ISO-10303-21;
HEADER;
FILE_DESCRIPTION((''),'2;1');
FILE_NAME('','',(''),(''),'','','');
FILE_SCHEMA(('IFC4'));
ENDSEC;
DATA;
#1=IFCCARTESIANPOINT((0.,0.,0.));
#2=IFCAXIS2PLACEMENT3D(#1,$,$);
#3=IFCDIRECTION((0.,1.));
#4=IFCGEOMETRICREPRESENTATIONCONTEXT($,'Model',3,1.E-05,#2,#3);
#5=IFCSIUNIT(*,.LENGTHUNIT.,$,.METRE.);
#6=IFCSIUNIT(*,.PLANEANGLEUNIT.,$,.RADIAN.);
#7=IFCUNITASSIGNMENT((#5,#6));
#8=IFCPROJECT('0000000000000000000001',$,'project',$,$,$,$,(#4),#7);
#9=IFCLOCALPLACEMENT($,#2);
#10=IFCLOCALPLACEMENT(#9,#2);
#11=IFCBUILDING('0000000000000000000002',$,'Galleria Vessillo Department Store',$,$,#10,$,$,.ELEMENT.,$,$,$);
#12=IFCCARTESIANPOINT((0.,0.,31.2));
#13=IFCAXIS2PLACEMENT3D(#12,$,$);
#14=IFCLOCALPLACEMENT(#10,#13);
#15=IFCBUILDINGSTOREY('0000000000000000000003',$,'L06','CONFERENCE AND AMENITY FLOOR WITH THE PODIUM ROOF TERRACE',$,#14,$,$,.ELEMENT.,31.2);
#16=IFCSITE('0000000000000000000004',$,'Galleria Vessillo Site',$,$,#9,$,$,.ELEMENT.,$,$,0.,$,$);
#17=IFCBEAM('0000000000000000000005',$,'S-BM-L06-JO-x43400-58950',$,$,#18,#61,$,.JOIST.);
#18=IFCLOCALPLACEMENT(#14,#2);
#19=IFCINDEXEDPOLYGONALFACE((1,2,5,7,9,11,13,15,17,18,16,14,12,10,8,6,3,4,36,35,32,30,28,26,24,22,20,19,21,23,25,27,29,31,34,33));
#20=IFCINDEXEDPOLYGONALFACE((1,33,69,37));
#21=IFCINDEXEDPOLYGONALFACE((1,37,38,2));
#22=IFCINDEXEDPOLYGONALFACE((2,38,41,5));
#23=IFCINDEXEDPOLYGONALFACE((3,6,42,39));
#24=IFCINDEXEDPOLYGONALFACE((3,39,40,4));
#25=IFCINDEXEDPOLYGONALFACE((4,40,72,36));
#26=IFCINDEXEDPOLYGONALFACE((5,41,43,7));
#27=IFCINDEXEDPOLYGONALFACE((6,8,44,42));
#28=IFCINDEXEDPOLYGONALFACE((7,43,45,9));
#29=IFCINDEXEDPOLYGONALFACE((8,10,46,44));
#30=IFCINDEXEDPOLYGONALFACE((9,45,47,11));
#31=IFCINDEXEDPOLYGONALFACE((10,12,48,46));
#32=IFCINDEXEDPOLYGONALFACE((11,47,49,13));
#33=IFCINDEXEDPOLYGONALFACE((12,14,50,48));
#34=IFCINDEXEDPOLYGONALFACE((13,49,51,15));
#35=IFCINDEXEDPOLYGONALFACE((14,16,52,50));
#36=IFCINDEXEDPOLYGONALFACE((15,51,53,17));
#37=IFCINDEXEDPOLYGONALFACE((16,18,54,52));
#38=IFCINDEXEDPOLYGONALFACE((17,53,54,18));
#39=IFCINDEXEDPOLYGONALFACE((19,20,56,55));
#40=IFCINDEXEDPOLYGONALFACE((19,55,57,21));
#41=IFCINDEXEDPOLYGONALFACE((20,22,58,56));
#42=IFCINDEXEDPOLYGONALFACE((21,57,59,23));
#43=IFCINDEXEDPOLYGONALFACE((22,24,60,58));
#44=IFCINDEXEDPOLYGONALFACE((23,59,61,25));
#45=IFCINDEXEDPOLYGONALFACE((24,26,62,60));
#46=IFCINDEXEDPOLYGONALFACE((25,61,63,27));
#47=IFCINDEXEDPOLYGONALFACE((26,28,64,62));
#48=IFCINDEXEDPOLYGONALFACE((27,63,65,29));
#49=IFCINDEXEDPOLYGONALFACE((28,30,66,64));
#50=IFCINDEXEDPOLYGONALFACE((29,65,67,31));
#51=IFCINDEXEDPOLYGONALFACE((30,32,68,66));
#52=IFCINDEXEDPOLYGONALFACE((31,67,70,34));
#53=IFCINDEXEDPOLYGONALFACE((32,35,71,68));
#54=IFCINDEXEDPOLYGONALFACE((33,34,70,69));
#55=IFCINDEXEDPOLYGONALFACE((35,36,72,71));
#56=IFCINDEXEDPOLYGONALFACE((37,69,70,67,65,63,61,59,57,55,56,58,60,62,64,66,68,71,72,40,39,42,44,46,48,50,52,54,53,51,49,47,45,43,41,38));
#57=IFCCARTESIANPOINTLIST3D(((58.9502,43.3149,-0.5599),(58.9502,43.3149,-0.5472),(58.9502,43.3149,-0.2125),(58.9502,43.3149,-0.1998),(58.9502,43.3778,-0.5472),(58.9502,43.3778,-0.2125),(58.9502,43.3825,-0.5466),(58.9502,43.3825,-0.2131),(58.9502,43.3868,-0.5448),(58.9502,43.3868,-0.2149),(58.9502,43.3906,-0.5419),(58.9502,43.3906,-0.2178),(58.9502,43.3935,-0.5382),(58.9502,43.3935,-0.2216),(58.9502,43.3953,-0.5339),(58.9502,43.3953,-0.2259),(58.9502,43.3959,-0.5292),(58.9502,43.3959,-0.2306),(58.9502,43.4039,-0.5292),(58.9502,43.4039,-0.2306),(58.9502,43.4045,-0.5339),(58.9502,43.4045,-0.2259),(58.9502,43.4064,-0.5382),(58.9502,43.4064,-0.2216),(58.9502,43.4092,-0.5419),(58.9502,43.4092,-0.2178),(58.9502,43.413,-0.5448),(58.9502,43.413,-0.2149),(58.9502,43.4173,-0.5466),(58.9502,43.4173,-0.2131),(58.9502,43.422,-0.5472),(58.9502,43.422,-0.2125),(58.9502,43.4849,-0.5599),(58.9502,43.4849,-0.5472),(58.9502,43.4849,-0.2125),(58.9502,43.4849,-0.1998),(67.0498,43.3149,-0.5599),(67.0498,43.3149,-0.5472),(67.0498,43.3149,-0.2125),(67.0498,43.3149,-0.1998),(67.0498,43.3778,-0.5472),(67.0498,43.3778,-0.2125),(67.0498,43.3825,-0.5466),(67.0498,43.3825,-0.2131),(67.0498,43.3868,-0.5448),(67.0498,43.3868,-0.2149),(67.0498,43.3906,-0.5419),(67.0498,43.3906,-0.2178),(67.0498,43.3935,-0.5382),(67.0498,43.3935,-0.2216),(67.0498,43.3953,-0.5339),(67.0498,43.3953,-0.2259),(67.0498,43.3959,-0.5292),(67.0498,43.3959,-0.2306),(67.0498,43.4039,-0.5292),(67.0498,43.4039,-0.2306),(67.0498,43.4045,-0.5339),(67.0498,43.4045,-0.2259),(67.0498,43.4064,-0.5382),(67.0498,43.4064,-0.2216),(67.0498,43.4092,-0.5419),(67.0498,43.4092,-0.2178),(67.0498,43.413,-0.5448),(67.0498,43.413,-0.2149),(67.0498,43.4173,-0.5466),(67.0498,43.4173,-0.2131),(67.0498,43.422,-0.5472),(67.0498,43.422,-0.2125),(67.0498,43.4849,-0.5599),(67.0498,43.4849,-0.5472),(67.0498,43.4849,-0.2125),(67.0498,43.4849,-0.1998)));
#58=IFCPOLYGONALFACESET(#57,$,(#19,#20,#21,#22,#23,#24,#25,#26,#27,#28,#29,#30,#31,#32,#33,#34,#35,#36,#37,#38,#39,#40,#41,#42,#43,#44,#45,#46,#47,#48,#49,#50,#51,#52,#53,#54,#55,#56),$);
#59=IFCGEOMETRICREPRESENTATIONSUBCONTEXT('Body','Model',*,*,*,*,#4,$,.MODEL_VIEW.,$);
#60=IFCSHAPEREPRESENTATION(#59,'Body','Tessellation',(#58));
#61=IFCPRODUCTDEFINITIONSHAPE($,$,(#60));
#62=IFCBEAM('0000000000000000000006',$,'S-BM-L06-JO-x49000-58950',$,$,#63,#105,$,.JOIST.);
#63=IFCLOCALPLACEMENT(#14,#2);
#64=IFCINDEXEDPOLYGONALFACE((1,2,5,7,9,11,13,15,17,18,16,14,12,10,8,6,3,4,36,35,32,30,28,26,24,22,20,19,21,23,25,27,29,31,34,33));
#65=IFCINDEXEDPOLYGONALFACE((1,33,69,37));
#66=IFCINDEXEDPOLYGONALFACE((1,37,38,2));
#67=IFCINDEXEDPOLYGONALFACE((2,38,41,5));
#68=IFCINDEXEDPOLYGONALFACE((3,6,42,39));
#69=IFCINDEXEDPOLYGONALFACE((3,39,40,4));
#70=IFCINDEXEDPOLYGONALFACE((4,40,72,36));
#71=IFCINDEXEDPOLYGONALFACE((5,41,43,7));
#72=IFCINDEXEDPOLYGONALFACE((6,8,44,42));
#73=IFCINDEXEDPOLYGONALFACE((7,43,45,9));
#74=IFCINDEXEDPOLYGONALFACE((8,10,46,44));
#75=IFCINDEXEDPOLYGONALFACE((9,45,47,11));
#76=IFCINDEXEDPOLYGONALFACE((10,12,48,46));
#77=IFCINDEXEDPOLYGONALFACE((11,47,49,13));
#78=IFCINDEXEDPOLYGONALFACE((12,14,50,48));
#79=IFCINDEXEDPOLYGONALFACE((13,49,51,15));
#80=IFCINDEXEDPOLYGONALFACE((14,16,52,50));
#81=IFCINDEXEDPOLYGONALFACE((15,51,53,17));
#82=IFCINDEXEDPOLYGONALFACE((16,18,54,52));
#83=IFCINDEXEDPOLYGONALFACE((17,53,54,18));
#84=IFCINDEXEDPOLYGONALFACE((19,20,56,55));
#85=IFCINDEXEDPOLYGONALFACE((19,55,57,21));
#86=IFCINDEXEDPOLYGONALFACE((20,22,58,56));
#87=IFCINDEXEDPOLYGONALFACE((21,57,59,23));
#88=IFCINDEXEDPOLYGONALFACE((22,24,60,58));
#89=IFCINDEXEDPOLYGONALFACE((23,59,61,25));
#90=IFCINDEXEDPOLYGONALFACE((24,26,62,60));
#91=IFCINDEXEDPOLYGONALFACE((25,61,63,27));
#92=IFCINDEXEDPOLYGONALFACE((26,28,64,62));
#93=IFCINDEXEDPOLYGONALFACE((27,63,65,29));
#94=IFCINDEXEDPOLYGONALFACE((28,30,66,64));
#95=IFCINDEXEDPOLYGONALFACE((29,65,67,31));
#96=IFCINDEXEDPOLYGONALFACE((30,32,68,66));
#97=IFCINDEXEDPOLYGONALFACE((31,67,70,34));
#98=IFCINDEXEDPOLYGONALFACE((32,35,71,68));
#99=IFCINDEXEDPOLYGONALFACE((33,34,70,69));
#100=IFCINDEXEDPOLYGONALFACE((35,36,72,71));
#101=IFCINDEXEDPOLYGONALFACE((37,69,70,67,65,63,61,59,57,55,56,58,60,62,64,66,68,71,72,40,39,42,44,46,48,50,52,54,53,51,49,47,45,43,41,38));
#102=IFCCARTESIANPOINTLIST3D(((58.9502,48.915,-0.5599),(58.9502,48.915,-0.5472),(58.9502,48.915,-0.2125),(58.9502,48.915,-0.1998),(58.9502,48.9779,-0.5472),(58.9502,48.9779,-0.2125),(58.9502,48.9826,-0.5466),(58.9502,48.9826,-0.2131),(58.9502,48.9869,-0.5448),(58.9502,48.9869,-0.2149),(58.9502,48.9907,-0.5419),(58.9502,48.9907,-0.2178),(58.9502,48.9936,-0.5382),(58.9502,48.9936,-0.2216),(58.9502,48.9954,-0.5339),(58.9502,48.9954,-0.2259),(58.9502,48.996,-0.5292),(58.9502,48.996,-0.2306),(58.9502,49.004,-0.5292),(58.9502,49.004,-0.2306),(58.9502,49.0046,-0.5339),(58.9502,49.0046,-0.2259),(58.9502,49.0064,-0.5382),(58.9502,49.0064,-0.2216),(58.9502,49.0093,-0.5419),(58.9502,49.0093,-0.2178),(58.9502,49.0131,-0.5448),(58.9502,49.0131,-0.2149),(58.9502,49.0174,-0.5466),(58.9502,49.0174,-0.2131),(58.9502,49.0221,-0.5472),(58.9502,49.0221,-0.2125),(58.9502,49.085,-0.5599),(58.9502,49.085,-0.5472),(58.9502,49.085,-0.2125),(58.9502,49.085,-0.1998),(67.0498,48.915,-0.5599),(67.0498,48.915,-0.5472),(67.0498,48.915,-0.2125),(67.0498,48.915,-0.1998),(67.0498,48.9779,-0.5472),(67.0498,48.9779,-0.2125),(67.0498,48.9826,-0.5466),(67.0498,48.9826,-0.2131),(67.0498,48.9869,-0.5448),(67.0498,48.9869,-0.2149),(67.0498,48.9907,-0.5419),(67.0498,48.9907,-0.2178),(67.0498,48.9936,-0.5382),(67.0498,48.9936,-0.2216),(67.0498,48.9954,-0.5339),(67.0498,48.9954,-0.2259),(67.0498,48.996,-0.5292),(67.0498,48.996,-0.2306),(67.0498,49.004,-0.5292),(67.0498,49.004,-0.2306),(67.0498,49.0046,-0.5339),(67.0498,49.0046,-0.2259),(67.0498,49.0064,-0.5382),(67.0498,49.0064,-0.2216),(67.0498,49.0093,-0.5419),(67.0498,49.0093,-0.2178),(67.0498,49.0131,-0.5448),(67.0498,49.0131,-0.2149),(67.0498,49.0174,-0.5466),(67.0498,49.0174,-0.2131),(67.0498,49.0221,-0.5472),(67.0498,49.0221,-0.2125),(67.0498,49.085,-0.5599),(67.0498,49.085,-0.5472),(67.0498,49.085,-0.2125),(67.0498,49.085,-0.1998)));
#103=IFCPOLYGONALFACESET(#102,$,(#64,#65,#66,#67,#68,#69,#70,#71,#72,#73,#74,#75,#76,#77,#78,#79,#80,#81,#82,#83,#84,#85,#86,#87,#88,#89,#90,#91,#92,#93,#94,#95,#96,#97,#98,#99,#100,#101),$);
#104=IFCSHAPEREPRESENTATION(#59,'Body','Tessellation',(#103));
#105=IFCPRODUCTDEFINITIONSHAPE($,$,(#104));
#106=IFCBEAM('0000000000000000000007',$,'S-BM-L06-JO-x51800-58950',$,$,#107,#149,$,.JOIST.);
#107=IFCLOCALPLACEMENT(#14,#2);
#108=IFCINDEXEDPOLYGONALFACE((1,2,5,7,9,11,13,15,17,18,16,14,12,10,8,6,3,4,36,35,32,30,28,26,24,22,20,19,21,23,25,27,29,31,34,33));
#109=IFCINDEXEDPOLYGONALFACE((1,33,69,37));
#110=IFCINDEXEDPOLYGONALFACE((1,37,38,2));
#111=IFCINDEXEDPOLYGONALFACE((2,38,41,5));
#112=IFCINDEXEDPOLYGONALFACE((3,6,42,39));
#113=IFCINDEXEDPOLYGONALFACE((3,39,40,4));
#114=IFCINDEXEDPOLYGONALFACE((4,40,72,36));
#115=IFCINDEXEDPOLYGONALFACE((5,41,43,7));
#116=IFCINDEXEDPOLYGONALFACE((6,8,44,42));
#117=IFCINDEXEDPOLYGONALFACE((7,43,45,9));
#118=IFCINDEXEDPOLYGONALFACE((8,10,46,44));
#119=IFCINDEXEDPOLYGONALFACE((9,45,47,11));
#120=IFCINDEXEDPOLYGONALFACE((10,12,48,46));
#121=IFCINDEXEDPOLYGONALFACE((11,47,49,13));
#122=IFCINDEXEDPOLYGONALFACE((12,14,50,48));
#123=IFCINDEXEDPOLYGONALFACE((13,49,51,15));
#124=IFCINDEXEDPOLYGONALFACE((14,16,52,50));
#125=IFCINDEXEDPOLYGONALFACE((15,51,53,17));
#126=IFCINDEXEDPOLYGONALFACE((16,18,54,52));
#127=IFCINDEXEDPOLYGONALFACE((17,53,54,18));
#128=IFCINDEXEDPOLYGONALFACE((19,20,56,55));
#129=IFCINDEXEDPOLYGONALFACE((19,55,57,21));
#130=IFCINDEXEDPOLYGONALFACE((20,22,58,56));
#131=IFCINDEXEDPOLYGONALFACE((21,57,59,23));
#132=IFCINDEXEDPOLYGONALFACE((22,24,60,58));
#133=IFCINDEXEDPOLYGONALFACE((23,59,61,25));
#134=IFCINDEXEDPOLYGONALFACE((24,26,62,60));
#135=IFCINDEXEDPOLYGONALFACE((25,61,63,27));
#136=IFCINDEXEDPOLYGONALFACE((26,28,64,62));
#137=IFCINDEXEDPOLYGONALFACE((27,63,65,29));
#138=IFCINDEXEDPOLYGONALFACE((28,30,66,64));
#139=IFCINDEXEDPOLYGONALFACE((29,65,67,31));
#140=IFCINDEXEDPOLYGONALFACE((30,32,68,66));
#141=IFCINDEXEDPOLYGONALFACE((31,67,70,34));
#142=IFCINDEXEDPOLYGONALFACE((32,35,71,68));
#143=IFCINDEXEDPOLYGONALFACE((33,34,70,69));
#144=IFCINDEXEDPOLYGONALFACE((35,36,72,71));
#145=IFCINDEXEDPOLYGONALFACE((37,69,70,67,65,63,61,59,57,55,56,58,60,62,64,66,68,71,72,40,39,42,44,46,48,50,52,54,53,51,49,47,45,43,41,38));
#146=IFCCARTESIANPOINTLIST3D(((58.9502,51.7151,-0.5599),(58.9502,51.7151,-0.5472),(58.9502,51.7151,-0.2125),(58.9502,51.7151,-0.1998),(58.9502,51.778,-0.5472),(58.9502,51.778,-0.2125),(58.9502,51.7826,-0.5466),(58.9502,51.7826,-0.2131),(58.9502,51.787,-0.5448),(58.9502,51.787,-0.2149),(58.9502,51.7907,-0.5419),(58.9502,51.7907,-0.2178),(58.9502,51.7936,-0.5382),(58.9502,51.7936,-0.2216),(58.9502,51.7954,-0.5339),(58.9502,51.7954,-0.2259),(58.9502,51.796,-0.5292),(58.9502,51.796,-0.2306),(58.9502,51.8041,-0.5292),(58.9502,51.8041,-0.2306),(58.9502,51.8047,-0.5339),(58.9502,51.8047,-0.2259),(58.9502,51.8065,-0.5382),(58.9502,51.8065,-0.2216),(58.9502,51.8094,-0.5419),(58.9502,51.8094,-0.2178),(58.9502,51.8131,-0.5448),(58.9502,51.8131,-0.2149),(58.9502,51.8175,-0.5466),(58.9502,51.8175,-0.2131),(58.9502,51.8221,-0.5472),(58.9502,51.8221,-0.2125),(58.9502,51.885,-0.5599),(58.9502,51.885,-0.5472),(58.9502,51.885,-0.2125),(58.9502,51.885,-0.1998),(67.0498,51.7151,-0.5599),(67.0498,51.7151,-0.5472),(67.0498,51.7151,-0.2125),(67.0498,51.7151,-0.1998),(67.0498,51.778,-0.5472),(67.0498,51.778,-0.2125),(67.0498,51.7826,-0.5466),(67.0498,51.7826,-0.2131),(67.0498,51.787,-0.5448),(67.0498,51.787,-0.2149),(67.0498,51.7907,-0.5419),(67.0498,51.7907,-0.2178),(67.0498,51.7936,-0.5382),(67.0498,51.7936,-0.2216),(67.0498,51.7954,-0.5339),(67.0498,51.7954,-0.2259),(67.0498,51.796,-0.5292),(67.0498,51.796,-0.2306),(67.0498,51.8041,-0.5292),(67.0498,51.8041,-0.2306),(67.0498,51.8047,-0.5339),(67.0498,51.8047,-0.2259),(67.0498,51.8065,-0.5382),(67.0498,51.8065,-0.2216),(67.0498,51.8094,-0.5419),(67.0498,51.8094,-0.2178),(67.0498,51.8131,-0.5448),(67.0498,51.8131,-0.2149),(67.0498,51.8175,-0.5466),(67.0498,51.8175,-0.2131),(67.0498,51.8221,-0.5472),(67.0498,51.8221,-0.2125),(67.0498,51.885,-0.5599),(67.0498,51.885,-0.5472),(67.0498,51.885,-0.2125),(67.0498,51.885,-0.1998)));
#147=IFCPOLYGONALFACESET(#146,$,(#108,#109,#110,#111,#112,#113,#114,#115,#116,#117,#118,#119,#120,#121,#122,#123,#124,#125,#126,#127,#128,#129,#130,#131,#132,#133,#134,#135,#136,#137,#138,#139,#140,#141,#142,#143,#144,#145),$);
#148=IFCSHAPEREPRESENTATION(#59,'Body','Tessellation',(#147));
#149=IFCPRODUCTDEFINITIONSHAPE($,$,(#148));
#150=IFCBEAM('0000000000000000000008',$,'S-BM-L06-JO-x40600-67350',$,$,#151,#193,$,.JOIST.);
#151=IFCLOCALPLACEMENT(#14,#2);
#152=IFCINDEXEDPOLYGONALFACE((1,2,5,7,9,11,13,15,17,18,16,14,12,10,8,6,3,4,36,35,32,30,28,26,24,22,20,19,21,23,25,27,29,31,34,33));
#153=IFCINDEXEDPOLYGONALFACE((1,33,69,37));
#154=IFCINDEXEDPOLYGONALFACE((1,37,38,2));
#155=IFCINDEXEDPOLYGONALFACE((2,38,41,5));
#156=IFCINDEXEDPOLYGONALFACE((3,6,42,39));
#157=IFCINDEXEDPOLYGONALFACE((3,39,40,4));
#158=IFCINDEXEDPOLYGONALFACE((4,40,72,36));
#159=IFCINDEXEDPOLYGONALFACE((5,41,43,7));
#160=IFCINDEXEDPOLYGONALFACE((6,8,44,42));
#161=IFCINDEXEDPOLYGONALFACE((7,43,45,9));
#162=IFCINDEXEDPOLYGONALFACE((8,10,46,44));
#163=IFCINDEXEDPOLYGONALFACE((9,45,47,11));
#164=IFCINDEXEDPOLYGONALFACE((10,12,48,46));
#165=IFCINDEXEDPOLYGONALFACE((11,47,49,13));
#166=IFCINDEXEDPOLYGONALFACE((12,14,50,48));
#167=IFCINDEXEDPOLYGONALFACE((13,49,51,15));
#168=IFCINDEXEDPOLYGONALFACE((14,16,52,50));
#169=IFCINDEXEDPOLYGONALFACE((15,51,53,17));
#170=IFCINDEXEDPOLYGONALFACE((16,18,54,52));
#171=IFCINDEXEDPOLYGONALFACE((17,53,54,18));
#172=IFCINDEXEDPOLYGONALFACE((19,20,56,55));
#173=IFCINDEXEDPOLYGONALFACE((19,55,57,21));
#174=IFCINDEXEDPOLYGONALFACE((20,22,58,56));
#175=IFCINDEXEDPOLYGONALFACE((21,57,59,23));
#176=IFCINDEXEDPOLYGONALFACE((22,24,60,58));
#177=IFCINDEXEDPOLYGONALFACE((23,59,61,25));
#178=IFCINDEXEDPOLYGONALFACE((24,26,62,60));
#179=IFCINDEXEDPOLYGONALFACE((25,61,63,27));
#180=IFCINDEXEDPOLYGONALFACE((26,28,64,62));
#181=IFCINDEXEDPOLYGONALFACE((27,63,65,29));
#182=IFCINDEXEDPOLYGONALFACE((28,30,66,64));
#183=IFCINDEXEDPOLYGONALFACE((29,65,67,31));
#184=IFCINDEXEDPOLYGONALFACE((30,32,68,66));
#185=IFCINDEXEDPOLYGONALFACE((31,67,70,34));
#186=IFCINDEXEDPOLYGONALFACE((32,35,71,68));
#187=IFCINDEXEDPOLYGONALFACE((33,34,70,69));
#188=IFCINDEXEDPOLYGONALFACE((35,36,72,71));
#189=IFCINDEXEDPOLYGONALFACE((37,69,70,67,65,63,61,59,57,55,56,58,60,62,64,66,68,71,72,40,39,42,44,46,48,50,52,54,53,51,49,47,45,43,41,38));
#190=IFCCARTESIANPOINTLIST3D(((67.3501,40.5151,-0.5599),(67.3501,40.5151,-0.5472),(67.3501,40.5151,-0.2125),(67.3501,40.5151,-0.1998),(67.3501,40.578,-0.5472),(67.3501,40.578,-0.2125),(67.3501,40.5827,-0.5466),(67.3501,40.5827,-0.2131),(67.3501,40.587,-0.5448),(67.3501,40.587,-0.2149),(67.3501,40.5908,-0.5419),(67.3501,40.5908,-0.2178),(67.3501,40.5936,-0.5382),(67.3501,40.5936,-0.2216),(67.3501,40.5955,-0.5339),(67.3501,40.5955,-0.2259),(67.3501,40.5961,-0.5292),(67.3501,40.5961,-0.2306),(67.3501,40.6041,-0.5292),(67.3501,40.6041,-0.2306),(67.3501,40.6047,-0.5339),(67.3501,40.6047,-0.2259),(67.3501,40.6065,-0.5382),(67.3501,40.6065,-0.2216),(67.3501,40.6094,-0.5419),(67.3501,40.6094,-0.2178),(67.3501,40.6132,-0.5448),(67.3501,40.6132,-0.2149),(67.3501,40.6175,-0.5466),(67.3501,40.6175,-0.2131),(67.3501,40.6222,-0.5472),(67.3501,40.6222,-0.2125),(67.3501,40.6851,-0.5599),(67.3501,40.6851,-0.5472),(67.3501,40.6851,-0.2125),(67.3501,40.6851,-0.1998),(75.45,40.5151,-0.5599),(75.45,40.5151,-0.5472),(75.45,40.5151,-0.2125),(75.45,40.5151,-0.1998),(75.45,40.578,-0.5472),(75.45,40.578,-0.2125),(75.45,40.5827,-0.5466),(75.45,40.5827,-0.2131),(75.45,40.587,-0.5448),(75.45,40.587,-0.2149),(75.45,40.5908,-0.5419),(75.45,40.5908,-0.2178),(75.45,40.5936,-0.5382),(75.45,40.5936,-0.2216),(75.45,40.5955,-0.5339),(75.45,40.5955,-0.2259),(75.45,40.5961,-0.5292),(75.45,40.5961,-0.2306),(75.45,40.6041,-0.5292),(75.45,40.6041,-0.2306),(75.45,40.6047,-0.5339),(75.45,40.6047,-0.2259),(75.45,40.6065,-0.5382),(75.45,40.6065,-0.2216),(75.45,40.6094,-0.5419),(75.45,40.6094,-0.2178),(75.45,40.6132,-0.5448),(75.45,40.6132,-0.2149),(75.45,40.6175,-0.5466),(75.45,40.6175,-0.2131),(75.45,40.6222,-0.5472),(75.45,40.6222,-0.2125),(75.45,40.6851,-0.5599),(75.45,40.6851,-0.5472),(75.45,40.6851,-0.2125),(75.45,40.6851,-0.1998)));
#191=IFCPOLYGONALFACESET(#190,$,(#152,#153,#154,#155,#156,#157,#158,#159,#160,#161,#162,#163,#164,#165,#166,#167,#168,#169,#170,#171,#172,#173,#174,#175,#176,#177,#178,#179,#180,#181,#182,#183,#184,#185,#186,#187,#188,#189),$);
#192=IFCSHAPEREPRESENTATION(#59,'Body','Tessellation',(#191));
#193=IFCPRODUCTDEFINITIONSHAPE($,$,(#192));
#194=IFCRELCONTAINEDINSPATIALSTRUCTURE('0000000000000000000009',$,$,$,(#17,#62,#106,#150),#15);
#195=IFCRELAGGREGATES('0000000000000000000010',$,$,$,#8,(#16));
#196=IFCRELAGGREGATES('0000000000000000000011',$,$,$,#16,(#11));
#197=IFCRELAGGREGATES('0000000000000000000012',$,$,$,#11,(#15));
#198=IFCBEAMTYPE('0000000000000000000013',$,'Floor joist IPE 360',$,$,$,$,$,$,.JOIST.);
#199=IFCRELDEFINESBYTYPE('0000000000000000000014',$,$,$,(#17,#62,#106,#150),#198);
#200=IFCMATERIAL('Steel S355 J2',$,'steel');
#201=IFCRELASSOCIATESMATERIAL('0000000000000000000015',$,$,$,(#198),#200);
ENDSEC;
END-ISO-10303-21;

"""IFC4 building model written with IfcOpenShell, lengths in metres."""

from ifc_helpers import new_model, si_unit, direction, frame, origin, origin_2d, place, context, subcontext, project, spatial, i_section, extrude, material, material_profile, profile_set, type_object, element, save


model = new_model("IFC4")

# Units and contexts
model_context = context("Model", 3, precision=1e-05, world=origin(), true_north=direction((0.0, 1.0)))
body_context = subcontext(model_context, "Body", "Model", "MODEL_VIEW")
ifc_project = project(units=[si_unit("LENGTHUNIT", "METRE"), si_unit("PLANEANGLEUNIT", "RADIAN")], contexts=[model_context])

# Site, building, storey
site_placement = place(None, origin())
site = spatial("IfcSite", under=ifc_project, at=site_placement, Name="Galleria Vessillo Site", CompositionType="ELEMENT", RefElevation=0.0)
building_placement = place(site_placement, origin())
building = spatial("IfcBuilding", under=site, at=building_placement, Name="Galleria Vessillo Department Store", CompositionType="ELEMENT")
storey_placement = place(building_placement, frame((0.0, 0.0, 31.2)))
storey = spatial("IfcBuildingStorey", under=building, at=storey_placement, Name="L06", Description="CONFERENCE AND AMENITY FLOOR WITH THE PODIUM ROOF TERRACE", CompositionType="ELEMENT", Elevation=31.2)

# Beams
ifc_material_1 = material(Name="Steel S355 J2", Category="steel")
ifc_material_profile_1 = material_profile(ifc_material_1, i_section(OverallWidth=0.1699, OverallDepth=0.3601, WebThickness=0.0081, FlangeThickness=0.0127, FilletRadius=0.0181, at=origin_2d()), Name="IPE 360")
ifc_profile_set_1 = profile_set([ifc_material_profile_1], Name="Steel S355 J2")
beam_type_1 = type_object("IfcBeamType", Name="Floor joist IPE 360", PredefinedType="JOIST", material=ifc_profile_set_1)
for number, where, z_axis, x_axis, name in (
    (1, (58.9502, 43.3999, -0.3799), (1.0, 0.0, 0.0), (0.0, 1.0, 0.0), "S-BM-L06-JO-x43400-58950"),
    (2, (58.9502, 49.0, -0.3799), (1.0, 0.0, 0.0), (0.0, 1.0, 0.0), "S-BM-L06-JO-x49000-58950"),
    (3, (58.9502, 51.8, -0.3799), (1.0, 0.0, 0.0), (0.0, 1.0, 0.0), "S-BM-L06-JO-x51800-58950"),
):
    element("IfcBeam", number, at=place(storey_placement, frame(where, z_axis=z_axis, x_axis=x_axis)), inside=storey, type_object=beam_type_1, Name=name, PredefinedType="JOIST", context=body_context, shape_type="SweptSolid", body=[
        extrude(i_section(OverallWidth=0.1699, OverallDepth=0.3601, WebThickness=0.0081, FlangeThickness=0.0127, FilletRadius=0.0181, at=origin_2d()), origin(), (0.0, 0.0, 1.0), 8.0996),
    ])
for number, where, z_axis, x_axis, name in (
    (4, (67.3501, 40.6001, -0.3799), (1.0, 0.0, 0.0), (0.0, 1.0, 0.0), "S-BM-L06-JO-x40600-67350"),
):
    element("IfcBeam", number, at=place(storey_placement, frame(where, z_axis=z_axis, x_axis=x_axis)), inside=storey, type_object=beam_type_1, Name=name, PredefinedType="JOIST", context=body_context, shape_type="SweptSolid", body=[
        extrude(i_section(OverallWidth=0.1699, OverallDepth=0.3601, WebThickness=0.0081, FlangeThickness=0.0127, FilletRadius=0.0181, at=origin_2d()), origin(), (0.0, 0.0, 1.0), 8.0999),
    ])

save(model, "model.ifc")
